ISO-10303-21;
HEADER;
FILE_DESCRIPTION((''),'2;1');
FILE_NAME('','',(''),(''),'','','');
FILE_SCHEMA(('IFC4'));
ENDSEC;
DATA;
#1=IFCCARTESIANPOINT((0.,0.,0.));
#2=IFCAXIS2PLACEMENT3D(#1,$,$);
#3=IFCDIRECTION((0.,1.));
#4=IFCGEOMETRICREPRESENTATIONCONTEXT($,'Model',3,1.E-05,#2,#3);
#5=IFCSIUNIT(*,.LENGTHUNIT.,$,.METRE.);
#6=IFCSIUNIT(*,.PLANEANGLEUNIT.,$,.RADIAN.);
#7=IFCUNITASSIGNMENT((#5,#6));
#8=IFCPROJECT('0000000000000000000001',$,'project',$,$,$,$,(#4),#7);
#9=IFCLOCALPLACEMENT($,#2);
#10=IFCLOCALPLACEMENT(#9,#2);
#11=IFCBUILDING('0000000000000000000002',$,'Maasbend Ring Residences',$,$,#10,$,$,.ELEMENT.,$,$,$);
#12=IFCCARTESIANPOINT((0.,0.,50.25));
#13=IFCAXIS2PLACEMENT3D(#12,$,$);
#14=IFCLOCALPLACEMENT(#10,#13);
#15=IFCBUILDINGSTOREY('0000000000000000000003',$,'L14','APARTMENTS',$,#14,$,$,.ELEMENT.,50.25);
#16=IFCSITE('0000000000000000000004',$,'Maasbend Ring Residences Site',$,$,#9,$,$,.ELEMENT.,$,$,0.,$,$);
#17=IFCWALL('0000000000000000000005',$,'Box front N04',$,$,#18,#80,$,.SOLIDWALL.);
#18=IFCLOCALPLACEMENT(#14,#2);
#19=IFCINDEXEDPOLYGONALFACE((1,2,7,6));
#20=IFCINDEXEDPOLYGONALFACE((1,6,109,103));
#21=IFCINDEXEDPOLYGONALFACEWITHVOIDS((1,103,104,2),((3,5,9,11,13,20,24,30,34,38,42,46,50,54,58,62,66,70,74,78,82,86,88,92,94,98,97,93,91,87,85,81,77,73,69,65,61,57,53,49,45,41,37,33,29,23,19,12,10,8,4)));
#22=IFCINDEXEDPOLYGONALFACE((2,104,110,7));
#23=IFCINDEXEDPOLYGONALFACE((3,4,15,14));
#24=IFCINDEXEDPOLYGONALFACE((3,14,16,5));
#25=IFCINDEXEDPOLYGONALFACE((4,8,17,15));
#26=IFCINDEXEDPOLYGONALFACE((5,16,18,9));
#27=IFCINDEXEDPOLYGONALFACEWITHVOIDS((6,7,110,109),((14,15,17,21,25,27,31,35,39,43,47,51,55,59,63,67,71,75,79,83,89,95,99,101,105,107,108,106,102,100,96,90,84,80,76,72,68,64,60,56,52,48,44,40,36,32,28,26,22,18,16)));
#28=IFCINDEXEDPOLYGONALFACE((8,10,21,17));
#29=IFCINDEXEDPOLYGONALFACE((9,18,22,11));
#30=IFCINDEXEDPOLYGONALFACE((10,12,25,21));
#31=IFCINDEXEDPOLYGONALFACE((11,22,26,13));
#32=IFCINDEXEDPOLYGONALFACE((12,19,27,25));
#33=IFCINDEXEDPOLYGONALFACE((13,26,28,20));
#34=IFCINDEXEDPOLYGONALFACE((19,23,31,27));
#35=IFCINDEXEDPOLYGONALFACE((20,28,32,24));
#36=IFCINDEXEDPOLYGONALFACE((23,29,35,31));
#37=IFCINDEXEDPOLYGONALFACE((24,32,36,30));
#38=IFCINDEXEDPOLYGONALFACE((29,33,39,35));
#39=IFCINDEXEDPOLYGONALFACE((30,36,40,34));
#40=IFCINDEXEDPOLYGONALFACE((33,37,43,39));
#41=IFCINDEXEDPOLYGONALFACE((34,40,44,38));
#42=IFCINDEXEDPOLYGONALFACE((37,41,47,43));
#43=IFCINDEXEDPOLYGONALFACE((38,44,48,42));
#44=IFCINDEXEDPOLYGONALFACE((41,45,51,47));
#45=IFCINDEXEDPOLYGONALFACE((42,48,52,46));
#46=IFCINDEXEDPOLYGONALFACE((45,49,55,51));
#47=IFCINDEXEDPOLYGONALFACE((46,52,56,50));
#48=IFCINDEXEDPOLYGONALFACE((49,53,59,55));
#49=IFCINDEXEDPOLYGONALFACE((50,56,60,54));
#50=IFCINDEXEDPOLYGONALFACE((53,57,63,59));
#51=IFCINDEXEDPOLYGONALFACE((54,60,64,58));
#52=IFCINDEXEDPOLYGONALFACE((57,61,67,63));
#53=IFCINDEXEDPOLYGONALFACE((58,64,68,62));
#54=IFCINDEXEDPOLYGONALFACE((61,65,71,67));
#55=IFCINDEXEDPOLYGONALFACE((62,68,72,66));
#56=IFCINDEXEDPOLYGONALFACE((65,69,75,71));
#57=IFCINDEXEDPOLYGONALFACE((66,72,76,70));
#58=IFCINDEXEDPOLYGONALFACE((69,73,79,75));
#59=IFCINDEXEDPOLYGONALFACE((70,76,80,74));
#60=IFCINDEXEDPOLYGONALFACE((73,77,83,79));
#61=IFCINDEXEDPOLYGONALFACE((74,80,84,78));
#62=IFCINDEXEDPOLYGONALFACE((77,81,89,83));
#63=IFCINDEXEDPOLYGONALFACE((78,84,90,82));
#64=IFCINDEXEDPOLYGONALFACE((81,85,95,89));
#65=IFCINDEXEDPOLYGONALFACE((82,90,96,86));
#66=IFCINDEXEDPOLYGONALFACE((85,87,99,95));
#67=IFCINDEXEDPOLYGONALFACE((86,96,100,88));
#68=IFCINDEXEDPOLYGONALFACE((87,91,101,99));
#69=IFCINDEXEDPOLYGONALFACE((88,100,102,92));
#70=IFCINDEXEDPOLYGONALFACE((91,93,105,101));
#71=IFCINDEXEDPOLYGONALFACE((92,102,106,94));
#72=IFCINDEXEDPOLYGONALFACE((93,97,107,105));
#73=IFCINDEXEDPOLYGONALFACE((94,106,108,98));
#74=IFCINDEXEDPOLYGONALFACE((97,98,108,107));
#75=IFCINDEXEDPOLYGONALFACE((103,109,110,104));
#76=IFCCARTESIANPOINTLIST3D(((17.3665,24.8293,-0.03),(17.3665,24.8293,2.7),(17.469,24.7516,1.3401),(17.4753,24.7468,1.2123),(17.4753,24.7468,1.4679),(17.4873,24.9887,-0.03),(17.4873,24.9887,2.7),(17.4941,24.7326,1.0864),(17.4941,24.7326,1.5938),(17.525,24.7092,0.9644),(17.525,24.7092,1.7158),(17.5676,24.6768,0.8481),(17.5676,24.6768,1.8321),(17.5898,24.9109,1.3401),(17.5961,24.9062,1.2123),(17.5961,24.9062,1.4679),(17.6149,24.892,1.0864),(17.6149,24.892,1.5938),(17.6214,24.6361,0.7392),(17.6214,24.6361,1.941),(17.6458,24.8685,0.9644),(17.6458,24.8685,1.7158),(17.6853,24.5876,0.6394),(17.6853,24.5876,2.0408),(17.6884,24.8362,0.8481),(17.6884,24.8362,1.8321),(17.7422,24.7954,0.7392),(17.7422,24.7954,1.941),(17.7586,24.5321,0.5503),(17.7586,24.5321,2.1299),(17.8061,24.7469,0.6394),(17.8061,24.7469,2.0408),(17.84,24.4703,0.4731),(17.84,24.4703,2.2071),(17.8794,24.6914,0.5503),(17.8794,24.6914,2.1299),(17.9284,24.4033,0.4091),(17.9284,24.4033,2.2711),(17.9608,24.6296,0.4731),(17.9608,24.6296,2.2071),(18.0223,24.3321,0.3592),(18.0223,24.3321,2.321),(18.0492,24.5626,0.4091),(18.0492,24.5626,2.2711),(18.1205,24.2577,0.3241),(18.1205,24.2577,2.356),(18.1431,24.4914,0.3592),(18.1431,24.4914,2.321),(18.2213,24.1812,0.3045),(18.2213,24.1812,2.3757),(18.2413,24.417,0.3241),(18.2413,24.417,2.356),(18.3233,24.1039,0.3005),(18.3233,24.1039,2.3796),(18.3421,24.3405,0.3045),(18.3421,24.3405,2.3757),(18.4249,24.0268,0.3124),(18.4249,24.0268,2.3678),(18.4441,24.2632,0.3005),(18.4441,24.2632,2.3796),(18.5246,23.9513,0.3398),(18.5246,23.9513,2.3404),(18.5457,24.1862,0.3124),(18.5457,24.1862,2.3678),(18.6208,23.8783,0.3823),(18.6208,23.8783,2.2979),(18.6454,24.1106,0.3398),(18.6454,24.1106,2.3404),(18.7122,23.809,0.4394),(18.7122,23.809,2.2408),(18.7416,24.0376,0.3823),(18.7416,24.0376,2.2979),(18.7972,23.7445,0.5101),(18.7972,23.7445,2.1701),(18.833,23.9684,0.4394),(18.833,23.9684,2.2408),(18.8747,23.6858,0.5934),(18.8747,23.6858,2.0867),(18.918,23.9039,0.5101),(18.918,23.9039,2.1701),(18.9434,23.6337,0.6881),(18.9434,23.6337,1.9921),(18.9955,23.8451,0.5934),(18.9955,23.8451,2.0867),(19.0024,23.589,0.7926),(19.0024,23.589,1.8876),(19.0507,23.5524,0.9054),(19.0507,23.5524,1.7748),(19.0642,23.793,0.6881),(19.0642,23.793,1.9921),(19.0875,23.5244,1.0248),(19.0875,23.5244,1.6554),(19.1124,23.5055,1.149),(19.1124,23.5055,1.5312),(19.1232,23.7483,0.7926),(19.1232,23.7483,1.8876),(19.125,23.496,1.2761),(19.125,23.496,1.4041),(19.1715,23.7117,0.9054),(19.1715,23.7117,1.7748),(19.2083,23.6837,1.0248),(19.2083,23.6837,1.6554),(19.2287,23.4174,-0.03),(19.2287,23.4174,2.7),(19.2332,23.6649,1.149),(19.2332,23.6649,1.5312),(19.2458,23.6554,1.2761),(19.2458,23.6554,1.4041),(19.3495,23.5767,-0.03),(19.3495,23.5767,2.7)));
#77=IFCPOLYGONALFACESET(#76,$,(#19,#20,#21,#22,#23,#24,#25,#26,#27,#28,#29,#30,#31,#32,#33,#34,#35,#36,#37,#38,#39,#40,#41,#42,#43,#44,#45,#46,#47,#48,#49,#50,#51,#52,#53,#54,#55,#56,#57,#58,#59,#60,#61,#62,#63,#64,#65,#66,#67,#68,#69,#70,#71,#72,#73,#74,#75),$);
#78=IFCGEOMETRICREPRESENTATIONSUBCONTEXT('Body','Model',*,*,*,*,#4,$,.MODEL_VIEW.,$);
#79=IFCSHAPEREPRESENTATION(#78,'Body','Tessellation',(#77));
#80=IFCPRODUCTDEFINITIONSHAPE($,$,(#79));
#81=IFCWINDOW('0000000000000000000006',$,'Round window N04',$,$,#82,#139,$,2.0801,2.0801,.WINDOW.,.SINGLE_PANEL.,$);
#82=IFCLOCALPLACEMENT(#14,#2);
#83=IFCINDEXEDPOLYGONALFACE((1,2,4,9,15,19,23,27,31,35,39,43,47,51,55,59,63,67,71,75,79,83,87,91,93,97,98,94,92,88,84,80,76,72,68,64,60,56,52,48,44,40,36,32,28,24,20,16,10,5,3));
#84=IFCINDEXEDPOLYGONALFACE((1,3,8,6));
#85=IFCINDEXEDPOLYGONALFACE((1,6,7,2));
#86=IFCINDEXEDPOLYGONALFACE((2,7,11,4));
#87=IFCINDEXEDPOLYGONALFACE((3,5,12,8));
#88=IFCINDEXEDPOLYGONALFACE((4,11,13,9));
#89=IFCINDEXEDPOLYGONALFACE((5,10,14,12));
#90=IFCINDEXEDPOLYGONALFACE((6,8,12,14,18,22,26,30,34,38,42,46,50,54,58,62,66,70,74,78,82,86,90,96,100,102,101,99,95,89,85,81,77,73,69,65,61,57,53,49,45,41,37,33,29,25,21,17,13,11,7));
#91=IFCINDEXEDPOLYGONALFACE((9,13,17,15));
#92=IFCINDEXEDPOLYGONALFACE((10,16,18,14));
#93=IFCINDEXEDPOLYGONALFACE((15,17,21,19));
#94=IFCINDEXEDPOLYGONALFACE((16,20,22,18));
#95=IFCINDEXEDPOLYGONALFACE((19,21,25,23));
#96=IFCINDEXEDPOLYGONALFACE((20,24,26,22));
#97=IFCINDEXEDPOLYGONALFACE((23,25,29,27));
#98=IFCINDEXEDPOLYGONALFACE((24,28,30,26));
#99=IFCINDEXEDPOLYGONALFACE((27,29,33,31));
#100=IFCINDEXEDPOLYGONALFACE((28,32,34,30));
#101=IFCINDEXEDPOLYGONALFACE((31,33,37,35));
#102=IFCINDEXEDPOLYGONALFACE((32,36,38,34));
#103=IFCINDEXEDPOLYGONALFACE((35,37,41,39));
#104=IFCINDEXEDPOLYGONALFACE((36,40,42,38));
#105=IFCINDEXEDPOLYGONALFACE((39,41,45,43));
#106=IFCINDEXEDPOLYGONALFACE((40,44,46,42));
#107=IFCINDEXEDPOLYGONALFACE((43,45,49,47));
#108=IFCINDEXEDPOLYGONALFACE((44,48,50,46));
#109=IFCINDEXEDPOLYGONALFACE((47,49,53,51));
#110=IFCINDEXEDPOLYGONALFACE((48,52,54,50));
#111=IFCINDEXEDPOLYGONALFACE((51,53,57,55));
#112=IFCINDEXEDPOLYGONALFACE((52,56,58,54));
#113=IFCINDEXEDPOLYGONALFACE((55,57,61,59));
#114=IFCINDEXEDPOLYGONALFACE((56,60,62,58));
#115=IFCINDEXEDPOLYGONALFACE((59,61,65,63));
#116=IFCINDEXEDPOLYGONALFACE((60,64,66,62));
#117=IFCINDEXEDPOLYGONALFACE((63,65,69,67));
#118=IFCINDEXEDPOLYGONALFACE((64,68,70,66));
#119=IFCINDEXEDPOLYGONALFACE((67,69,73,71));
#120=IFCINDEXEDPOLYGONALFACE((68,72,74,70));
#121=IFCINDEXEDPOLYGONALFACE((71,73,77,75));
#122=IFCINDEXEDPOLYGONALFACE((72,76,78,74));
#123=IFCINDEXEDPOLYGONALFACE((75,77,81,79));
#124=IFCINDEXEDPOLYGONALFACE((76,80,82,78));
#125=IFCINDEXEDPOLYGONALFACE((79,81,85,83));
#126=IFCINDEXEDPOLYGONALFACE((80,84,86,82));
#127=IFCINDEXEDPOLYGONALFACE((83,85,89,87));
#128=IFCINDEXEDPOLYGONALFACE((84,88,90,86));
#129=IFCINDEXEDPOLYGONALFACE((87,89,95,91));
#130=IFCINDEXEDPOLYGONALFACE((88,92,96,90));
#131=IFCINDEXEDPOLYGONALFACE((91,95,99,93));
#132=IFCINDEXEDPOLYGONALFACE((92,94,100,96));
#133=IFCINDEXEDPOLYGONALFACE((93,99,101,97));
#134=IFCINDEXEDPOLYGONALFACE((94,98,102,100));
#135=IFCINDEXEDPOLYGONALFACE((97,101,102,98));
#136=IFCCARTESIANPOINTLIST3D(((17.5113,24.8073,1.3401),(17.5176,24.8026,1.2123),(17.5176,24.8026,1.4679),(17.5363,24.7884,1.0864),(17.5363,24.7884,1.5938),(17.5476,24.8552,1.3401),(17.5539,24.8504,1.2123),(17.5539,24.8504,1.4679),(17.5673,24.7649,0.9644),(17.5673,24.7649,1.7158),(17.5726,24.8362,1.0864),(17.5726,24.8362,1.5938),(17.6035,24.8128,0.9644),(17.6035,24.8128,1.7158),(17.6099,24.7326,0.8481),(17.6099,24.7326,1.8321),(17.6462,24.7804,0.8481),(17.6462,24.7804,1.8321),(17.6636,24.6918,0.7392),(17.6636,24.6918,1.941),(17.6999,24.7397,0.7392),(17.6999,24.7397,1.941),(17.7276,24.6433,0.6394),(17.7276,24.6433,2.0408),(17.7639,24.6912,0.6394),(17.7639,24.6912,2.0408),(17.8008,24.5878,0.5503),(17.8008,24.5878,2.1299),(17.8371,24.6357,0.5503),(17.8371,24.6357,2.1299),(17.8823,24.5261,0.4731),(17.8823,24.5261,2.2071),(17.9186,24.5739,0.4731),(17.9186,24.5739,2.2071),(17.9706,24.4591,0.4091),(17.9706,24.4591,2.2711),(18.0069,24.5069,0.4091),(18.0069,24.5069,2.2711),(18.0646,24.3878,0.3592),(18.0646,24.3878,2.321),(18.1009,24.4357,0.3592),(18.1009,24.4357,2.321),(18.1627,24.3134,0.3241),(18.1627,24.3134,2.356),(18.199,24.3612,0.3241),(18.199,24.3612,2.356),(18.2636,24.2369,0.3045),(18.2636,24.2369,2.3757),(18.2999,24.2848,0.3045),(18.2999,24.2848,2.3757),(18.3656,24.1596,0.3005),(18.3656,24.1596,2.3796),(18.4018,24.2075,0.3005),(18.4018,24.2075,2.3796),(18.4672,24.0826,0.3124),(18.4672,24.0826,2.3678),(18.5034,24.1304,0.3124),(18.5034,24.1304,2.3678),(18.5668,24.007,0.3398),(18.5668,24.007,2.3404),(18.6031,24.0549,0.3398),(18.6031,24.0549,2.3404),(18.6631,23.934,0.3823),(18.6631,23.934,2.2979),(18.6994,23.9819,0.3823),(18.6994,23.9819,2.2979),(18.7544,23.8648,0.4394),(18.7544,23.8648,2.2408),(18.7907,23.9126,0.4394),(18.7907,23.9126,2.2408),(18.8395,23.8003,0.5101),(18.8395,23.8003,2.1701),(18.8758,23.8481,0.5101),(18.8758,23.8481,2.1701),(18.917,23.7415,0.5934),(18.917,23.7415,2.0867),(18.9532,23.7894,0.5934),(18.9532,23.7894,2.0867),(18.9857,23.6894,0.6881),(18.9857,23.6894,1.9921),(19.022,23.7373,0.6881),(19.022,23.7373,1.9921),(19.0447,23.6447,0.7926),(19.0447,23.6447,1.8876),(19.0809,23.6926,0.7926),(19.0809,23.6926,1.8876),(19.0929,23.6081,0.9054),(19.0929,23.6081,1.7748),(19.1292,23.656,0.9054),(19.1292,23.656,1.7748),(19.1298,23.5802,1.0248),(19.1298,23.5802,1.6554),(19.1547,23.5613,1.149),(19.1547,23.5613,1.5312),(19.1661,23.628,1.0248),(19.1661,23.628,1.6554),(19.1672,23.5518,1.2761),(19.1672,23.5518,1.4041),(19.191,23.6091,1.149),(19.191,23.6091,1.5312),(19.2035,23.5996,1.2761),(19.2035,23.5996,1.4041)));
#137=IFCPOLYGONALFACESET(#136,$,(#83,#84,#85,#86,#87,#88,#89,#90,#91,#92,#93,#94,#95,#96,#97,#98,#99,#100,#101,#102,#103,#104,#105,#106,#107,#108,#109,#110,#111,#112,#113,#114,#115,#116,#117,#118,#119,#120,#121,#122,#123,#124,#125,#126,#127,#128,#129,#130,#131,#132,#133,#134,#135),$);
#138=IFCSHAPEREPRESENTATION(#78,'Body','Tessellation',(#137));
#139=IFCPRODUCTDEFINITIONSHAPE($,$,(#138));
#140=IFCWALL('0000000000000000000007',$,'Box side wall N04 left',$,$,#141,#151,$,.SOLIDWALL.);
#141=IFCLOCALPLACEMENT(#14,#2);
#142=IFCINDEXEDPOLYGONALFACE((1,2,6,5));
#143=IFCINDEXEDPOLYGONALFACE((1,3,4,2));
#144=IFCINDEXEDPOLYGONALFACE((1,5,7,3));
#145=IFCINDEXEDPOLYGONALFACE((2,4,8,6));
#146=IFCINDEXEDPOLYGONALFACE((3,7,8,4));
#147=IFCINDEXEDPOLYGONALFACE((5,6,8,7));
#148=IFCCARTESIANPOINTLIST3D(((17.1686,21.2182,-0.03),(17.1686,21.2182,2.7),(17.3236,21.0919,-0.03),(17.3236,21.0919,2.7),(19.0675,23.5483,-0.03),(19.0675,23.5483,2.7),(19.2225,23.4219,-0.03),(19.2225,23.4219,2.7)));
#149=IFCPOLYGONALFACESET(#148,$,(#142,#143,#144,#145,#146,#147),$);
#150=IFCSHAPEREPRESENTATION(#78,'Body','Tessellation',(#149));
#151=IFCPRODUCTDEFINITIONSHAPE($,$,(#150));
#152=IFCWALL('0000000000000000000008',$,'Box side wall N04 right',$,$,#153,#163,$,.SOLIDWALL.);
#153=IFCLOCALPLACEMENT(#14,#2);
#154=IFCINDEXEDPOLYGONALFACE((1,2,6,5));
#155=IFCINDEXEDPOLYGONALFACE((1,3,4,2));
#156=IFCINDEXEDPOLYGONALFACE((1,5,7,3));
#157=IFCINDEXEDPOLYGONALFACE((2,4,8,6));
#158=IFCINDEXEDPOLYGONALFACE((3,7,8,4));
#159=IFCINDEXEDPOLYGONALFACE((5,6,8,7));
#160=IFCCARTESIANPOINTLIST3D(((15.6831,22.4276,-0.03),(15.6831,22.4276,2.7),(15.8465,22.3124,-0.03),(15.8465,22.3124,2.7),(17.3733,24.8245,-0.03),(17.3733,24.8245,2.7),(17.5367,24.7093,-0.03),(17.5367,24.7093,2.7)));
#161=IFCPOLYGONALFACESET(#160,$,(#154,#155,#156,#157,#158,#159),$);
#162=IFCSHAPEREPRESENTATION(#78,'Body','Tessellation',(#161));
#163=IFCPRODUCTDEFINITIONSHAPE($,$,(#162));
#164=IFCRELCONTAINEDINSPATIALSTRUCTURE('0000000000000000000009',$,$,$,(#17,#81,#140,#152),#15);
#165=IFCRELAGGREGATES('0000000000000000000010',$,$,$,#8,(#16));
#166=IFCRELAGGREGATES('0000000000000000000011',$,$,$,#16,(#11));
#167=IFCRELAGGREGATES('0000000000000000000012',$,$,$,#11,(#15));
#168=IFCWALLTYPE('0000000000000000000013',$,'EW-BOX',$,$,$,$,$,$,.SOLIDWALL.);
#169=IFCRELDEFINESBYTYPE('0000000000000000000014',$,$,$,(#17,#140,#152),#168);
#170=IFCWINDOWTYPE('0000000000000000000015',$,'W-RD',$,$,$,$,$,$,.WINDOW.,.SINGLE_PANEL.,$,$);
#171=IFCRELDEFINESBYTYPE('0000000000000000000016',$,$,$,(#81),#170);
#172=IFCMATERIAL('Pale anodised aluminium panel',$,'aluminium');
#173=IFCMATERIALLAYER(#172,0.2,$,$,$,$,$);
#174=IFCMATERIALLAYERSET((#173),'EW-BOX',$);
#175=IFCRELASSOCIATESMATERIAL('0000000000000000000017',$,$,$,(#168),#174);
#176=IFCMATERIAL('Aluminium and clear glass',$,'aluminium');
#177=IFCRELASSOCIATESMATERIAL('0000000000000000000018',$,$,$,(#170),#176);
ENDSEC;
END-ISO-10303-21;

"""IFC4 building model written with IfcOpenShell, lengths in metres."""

from ifc_helpers import new_model, si_unit, direction, frame, frame_2d, origin, place, context, subcontext, project, spatial, rectangle, circle, extrude, material, layer, layer_set, type_object, element, fill, save


model = new_model("IFC4")

# Units and contexts
model_context = context("Model", 3, precision=1e-05, world=origin(), true_north=direction((0.0, 1.0)))
body_context = subcontext(model_context, "Body", "Model", "MODEL_VIEW")
ifc_project = project(units=[si_unit("LENGTHUNIT", "METRE"), si_unit("PLANEANGLEUNIT", "RADIAN")], contexts=[model_context])

# Site, building, storey
site_placement = place(None, origin())
site = spatial("IfcSite", under=ifc_project, at=site_placement, Name="Maasbend Ring Residences Site", CompositionType="ELEMENT", RefElevation=0.0)
building_placement = place(site_placement, origin())
building = spatial("IfcBuilding", under=site, at=building_placement, Name="Maasbend Ring Residences", CompositionType="ELEMENT")
storey_placement = place(building_placement, frame((0.0, 0.0, 50.25)))
storey = spatial("IfcBuildingStorey", under=building, at=storey_placement, Name="L14", Description="APARTMENTS", CompositionType="ELEMENT", Elevation=50.25)

# Shared definitions
ifc_material_1 = material(Name="Pale anodised aluminium panel", Category="aluminium")
ifc_layer_1 = layer(ifc_material_1, 0.2)
ifc_layer_set_1 = layer_set([ifc_layer_1], Name="EW-BOX")
wall_type_1 = type_object("IfcWallType", Name="EW-BOX", PredefinedType="SOLIDWALL", material=ifc_layer_set_1)
ifc_material_2 = material(Name="Aluminium and clear glass", Category="aluminium")
window_type_1 = type_object("IfcWindowType", Name="W-RD", PartitioningType="SINGLE_PANEL", PredefinedType="WINDOW", material=ifc_material_2)

# Wall, opening, window
wall_1_placement = place(storey_placement, frame((19.2891, 23.4971, -0.03), z_axis=(0.0, 0.0, 1.0), x_axis=(-0.796842, 0.604188, 0.0)))
wall_1 = element("IfcWall", 1, at=wall_1_placement, inside=storey, type_object=wall_type_1, Name="Box front N04", PredefinedType="SOLIDWALL", context=body_context, shape_type="SweptSolid", body=[
    extrude(rectangle(XDim=2.3369, YDim=0.2, at=frame_2d((1.1685, 0.0))), origin(), (0.0, 0.0, 1.0), 2.73),
])
opening_1_placement = place(wall_1_placement, frame((0.1282, 0.0, 0.3301)))
opening_1 = element("IfcOpeningElement", 2, at=opening_1_placement, cuts=wall_1, PredefinedType="OPENING", context=body_context, shape_type="SweptSolid", body=[
    extrude(circle(Radius=1.04, at=frame_2d((1.04, 1.04))), frame((0.0, 0.1099, 0.0), z_axis=(0.0, -1.0, 0.0), x_axis=(1.0, 0.0, 0.0)), (0.0, 0.0, 1.0), 0.22),
])
window_1_placement = place(opening_1_placement, origin())
window_1 = element("IfcWindow", 3, at=window_1_placement, inside=storey, type_object=window_type_1, Name="Round window N04", OverallHeight=2.0801, OverallWidth=2.0801, PartitioningType="SINGLE_PANEL", PredefinedType="WINDOW", context=body_context, shape_type="SweptSolid", body=[
    extrude(circle(Radius=1.04, at=frame_2d((1.04, 1.04))), frame((0.0, 0.03, 0.0), z_axis=(0.0, -1.0, 0.0), x_axis=(1.0, 0.0, 0.0)), (0.0, 0.0, 1.0), 0.0601),
])
fill(opening_1, window_1)

# Walls
wall_2_placement = place(storey_placement, frame((17.2461, 21.155, -0.03), z_axis=(0.0, 0.0, 1.0), x_axis=(0.631742, 0.775179, 0.0)))
element("IfcWall", 4, at=wall_2_placement, inside=storey, type_object=wall_type_1, Name="Box side wall N04 left", PredefinedType="SOLIDWALL", context=body_context, shape_type="SweptSolid", body=[
    extrude(rectangle(XDim=3.0059, YDim=0.2, at=frame_2d((1.5029, 0.0))), origin(), (0.0, 0.0, 1.0), 2.73),
])
wall_3_placement = place(storey_placement, frame((15.7649, 22.3701, -0.03), z_axis=(0.0, 0.0, 1.0), x_axis=(0.576275, 0.817256, 0.0)))
element("IfcWall", 5, at=wall_3_placement, inside=storey, type_object=wall_type_1, Name="Box side wall N04 right", PredefinedType="SOLIDWALL", context=body_context, shape_type="SweptSolid", body=[
    extrude(rectangle(XDim=2.9329, YDim=0.2, at=frame_2d((1.4663, 0.0))), origin(), (0.0, 0.0, 1.0), 2.73),
])

save(model, "model.ifc")
